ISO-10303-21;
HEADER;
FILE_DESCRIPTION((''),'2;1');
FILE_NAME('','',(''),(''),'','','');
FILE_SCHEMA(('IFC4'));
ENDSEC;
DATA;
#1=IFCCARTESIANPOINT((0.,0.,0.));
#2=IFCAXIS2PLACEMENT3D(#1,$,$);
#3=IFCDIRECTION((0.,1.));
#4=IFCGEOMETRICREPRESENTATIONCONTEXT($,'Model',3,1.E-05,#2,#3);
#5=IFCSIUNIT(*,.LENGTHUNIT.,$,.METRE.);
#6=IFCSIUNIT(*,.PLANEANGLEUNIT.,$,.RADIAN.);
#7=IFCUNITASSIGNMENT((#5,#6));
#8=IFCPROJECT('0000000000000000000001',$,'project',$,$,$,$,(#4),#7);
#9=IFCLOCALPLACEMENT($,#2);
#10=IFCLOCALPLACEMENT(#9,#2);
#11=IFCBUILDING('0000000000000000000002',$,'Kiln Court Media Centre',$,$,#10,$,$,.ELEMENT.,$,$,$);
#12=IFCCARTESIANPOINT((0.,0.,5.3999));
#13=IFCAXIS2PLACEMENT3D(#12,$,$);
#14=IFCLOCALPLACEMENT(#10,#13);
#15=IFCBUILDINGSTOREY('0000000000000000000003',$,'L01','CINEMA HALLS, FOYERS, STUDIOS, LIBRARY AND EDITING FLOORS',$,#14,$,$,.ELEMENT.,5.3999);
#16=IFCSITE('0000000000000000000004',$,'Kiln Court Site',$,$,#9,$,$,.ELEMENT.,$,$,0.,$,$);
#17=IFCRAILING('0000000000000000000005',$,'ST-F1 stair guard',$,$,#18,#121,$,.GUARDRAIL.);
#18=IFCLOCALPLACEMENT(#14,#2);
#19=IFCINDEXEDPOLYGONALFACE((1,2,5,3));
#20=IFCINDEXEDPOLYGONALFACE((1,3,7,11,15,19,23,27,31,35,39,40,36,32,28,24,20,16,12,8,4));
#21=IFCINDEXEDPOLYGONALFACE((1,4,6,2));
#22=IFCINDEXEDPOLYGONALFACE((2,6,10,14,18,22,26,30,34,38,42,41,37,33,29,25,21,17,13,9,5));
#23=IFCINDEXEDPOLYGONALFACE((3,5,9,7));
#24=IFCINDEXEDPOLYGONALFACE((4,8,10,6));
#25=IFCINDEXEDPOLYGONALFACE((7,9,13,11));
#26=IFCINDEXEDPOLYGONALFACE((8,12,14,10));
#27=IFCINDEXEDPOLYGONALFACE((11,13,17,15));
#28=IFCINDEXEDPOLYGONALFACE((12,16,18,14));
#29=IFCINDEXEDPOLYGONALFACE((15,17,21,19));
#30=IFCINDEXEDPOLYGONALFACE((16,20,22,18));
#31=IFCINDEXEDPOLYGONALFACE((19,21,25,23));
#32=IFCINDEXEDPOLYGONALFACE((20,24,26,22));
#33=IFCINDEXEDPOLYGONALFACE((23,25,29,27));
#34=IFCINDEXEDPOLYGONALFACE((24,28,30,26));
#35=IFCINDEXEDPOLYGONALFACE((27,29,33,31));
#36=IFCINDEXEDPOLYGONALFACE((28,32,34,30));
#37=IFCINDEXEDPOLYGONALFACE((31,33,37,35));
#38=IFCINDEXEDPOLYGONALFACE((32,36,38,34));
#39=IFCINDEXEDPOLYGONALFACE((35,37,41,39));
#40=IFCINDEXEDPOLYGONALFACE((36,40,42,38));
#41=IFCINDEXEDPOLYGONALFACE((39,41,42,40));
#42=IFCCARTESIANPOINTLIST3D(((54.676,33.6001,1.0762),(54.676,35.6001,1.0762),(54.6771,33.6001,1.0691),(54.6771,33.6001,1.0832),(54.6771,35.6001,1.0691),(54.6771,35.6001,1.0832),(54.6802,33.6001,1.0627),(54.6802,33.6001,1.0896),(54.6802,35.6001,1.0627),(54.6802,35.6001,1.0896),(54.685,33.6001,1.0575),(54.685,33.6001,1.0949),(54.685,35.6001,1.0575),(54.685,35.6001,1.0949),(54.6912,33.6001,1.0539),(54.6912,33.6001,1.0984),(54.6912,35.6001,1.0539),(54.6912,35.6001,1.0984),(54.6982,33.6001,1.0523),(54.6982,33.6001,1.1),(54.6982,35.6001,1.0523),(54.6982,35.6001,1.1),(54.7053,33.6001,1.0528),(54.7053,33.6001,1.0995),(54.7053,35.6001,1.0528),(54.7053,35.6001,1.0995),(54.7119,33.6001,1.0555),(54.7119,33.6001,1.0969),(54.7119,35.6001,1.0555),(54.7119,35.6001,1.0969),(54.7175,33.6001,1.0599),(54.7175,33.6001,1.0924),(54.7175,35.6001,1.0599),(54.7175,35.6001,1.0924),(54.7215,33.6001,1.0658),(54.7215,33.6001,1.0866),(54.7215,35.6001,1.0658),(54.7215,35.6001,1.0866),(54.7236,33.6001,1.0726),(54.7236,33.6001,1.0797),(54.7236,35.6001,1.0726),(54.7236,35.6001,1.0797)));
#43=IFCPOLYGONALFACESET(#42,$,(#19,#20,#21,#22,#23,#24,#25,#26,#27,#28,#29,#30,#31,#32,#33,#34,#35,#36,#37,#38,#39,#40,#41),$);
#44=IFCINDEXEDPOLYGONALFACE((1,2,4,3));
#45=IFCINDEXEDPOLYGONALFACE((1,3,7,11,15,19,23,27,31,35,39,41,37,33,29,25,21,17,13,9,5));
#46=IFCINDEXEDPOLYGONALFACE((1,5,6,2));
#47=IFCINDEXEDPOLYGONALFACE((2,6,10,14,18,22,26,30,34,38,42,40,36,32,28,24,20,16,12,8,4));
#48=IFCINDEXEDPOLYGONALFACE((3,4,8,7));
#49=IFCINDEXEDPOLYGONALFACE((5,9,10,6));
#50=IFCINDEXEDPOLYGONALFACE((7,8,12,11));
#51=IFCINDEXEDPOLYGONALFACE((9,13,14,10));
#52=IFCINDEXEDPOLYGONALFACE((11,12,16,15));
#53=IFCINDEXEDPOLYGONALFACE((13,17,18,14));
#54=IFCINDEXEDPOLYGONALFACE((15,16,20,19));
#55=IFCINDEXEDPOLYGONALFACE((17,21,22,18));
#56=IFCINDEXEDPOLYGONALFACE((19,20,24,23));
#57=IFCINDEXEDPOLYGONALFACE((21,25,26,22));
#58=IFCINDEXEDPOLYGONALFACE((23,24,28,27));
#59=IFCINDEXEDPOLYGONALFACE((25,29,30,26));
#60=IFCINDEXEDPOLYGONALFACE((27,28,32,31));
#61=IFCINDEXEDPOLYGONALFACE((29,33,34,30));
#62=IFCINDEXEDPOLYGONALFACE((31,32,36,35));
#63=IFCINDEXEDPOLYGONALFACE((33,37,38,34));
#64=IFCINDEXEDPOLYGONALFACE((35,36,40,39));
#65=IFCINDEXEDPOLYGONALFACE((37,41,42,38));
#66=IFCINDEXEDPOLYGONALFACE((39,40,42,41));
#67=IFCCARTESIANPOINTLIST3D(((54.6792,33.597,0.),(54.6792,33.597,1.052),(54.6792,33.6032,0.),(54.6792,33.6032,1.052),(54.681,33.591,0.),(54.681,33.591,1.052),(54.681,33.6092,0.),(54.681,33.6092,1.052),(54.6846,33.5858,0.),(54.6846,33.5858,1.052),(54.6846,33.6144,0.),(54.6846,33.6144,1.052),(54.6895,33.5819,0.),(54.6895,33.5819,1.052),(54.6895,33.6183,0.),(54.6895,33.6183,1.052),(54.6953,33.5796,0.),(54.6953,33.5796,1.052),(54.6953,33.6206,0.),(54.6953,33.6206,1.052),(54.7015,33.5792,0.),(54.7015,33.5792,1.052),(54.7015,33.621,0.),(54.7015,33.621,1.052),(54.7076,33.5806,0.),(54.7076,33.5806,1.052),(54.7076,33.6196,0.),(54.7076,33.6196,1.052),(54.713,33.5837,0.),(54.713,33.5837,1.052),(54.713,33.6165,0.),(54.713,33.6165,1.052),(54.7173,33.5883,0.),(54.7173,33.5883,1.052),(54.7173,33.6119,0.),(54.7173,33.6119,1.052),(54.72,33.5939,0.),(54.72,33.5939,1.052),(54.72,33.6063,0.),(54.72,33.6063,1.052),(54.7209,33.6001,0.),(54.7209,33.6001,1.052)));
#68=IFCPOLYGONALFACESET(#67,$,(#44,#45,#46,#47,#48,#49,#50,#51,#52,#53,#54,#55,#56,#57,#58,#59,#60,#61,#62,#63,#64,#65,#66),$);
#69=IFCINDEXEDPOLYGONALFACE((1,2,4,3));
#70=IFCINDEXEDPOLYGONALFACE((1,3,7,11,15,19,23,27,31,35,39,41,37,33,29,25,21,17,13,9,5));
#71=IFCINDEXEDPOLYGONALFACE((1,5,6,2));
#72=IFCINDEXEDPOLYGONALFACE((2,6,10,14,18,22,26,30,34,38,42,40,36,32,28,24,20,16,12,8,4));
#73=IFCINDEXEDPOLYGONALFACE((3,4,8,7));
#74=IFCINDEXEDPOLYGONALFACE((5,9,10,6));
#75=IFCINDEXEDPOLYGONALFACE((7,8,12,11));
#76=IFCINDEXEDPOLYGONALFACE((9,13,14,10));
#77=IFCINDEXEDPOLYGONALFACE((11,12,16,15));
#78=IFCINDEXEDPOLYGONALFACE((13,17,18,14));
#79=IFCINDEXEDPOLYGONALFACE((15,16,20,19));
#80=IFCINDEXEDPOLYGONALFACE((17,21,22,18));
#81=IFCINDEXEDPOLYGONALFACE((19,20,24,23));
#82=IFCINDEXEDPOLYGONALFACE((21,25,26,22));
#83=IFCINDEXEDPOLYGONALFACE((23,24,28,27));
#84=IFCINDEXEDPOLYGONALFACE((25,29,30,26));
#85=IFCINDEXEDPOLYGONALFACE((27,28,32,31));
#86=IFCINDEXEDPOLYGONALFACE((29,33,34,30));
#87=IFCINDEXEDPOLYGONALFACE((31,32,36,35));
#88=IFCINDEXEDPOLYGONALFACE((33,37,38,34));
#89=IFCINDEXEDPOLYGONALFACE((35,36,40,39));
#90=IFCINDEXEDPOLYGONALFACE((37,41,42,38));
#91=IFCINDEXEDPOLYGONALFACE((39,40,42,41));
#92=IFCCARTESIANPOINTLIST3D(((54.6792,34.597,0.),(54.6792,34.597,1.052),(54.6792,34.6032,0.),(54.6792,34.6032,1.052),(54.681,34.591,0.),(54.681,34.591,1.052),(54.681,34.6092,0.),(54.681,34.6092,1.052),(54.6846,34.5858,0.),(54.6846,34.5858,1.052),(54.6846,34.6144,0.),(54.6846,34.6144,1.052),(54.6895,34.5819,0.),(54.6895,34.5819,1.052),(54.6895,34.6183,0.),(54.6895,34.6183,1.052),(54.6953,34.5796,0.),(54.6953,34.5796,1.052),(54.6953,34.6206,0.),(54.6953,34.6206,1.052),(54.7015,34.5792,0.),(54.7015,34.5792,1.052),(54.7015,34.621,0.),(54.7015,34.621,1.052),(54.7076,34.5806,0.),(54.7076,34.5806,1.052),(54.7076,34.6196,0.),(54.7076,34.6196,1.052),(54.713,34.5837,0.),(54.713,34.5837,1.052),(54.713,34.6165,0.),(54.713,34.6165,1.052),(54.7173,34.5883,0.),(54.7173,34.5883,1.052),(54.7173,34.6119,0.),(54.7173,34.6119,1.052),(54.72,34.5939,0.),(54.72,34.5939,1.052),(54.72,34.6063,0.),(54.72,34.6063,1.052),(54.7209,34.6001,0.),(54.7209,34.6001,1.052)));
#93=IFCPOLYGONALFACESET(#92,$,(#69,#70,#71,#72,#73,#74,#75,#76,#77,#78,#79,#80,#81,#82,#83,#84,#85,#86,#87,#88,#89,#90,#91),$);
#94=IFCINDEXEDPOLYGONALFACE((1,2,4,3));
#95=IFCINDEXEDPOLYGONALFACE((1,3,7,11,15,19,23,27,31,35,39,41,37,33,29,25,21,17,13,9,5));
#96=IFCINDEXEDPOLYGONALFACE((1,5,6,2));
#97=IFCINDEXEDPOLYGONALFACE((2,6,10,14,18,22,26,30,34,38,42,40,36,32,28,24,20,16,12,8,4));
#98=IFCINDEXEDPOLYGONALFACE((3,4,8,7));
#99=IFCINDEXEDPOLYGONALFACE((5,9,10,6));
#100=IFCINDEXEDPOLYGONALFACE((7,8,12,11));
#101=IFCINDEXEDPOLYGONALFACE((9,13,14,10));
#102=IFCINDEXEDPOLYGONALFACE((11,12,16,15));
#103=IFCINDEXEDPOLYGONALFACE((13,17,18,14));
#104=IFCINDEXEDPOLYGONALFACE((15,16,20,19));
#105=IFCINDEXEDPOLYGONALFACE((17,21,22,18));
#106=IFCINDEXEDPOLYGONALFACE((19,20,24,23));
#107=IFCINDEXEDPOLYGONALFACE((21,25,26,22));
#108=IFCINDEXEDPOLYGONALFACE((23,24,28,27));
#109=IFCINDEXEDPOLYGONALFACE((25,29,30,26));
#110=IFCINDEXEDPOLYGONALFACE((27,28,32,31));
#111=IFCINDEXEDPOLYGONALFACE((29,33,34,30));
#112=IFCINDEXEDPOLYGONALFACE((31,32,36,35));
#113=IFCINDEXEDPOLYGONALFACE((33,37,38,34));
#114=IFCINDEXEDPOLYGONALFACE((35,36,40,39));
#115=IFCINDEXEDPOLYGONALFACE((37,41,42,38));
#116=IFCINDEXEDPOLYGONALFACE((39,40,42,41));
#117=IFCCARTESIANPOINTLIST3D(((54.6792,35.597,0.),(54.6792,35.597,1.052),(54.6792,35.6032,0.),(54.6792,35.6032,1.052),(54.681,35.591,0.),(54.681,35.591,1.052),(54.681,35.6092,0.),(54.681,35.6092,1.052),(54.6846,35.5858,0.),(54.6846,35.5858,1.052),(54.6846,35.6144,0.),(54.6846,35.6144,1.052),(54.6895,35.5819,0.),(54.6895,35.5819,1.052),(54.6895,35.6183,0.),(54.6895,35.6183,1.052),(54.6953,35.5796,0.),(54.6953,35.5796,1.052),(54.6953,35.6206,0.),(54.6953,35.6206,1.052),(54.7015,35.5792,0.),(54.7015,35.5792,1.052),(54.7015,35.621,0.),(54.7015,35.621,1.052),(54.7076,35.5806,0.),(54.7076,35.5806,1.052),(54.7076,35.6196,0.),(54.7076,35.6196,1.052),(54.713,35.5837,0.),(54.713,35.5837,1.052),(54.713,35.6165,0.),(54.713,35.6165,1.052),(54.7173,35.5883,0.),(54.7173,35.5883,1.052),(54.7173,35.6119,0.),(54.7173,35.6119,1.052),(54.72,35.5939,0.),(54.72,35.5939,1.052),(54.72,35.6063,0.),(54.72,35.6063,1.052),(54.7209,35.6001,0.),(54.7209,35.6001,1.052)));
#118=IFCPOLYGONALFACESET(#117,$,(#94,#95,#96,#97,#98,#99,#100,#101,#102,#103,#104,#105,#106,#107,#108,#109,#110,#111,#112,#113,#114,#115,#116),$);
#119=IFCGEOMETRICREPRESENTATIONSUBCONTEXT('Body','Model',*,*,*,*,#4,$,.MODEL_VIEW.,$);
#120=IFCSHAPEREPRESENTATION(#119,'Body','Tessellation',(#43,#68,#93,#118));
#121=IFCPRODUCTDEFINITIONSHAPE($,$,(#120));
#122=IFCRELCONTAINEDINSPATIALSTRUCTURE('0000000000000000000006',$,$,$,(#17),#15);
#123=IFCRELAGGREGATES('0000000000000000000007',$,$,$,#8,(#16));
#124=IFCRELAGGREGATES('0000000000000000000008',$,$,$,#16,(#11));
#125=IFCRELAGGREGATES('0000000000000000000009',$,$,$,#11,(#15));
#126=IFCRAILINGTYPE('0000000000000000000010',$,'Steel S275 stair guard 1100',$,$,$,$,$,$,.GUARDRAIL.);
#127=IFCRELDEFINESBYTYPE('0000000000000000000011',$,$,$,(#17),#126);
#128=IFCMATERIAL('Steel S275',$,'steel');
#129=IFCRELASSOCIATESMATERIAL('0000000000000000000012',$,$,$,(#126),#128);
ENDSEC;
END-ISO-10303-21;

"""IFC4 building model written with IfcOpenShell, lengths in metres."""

from ifc_helpers import new_model, si_unit, direction, frame, origin, origin_2d, place, context, subcontext, project, spatial, circle, extrude, material, type_object, element, save


model = new_model("IFC4")

# Units and contexts
model_context = context("Model", 3, precision=1e-05, world=origin(), true_north=direction((0.0, 1.0)))
body_context = subcontext(model_context, "Body", "Model", "MODEL_VIEW")
ifc_project = project(units=[si_unit("LENGTHUNIT", "METRE"), si_unit("PLANEANGLEUNIT", "RADIAN")], contexts=[model_context])

# Site, building, storey
site_placement = place(None, origin())
site = spatial("IfcSite", under=ifc_project, at=site_placement, Name="Kiln Court Site", CompositionType="ELEMENT", RefElevation=0.0)
building_placement = place(site_placement, origin())
building = spatial("IfcBuilding", under=site, at=building_placement, Name="Kiln Court Media Centre", CompositionType="ELEMENT")
storey_placement = place(building_placement, frame((0.0, 0.0, 5.3999)))
storey = spatial("IfcBuildingStorey", under=building, at=storey_placement, Name="L01", Description="CINEMA HALLS, FOYERS, STUDIOS, LIBRARY AND EDITING FLOORS", CompositionType="ELEMENT", Elevation=5.3999)

# Railing
ifc_material_1 = material(Name="Steel S275", Category="steel")
railing_type_1 = type_object("IfcRailingType", Name="Steel S275 stair guard 1100", PredefinedType="GUARDRAIL", material=ifc_material_1)
railing_1_placement = place(storey_placement, frame((54.7, 33.6001, 0.0)))
element("IfcRailing", 1, at=railing_1_placement, inside=storey, type_object=railing_type_1, Name="ST-F1 stair guard", PredefinedType="GUARDRAIL", context=body_context, shape_type="SweptSolid", body=[
    extrude(circle(Radius=0.0239, at=origin_2d()), frame((0.0, 0.0, 1.0762), z_axis=(0.0, 1.0, 0.0), x_axis=(-1.0, 0.0, 0.0)), (0.0, 0.0, 1.0), 2.0),
    extrude(circle(Radius=0.021, at=origin_2d()), origin(), (0.0, 0.0, 1.0), 1.052),
    extrude(circle(Radius=0.021, at=origin_2d()), frame((0.0, 1.0, 0.0)), (0.0, 0.0, 1.0), 1.052),
    extrude(circle(Radius=0.021, at=origin_2d()), frame((0.0, 2.0, 0.0)), (0.0, 0.0, 1.0), 1.052),
])

save(model, "model.ifc")
